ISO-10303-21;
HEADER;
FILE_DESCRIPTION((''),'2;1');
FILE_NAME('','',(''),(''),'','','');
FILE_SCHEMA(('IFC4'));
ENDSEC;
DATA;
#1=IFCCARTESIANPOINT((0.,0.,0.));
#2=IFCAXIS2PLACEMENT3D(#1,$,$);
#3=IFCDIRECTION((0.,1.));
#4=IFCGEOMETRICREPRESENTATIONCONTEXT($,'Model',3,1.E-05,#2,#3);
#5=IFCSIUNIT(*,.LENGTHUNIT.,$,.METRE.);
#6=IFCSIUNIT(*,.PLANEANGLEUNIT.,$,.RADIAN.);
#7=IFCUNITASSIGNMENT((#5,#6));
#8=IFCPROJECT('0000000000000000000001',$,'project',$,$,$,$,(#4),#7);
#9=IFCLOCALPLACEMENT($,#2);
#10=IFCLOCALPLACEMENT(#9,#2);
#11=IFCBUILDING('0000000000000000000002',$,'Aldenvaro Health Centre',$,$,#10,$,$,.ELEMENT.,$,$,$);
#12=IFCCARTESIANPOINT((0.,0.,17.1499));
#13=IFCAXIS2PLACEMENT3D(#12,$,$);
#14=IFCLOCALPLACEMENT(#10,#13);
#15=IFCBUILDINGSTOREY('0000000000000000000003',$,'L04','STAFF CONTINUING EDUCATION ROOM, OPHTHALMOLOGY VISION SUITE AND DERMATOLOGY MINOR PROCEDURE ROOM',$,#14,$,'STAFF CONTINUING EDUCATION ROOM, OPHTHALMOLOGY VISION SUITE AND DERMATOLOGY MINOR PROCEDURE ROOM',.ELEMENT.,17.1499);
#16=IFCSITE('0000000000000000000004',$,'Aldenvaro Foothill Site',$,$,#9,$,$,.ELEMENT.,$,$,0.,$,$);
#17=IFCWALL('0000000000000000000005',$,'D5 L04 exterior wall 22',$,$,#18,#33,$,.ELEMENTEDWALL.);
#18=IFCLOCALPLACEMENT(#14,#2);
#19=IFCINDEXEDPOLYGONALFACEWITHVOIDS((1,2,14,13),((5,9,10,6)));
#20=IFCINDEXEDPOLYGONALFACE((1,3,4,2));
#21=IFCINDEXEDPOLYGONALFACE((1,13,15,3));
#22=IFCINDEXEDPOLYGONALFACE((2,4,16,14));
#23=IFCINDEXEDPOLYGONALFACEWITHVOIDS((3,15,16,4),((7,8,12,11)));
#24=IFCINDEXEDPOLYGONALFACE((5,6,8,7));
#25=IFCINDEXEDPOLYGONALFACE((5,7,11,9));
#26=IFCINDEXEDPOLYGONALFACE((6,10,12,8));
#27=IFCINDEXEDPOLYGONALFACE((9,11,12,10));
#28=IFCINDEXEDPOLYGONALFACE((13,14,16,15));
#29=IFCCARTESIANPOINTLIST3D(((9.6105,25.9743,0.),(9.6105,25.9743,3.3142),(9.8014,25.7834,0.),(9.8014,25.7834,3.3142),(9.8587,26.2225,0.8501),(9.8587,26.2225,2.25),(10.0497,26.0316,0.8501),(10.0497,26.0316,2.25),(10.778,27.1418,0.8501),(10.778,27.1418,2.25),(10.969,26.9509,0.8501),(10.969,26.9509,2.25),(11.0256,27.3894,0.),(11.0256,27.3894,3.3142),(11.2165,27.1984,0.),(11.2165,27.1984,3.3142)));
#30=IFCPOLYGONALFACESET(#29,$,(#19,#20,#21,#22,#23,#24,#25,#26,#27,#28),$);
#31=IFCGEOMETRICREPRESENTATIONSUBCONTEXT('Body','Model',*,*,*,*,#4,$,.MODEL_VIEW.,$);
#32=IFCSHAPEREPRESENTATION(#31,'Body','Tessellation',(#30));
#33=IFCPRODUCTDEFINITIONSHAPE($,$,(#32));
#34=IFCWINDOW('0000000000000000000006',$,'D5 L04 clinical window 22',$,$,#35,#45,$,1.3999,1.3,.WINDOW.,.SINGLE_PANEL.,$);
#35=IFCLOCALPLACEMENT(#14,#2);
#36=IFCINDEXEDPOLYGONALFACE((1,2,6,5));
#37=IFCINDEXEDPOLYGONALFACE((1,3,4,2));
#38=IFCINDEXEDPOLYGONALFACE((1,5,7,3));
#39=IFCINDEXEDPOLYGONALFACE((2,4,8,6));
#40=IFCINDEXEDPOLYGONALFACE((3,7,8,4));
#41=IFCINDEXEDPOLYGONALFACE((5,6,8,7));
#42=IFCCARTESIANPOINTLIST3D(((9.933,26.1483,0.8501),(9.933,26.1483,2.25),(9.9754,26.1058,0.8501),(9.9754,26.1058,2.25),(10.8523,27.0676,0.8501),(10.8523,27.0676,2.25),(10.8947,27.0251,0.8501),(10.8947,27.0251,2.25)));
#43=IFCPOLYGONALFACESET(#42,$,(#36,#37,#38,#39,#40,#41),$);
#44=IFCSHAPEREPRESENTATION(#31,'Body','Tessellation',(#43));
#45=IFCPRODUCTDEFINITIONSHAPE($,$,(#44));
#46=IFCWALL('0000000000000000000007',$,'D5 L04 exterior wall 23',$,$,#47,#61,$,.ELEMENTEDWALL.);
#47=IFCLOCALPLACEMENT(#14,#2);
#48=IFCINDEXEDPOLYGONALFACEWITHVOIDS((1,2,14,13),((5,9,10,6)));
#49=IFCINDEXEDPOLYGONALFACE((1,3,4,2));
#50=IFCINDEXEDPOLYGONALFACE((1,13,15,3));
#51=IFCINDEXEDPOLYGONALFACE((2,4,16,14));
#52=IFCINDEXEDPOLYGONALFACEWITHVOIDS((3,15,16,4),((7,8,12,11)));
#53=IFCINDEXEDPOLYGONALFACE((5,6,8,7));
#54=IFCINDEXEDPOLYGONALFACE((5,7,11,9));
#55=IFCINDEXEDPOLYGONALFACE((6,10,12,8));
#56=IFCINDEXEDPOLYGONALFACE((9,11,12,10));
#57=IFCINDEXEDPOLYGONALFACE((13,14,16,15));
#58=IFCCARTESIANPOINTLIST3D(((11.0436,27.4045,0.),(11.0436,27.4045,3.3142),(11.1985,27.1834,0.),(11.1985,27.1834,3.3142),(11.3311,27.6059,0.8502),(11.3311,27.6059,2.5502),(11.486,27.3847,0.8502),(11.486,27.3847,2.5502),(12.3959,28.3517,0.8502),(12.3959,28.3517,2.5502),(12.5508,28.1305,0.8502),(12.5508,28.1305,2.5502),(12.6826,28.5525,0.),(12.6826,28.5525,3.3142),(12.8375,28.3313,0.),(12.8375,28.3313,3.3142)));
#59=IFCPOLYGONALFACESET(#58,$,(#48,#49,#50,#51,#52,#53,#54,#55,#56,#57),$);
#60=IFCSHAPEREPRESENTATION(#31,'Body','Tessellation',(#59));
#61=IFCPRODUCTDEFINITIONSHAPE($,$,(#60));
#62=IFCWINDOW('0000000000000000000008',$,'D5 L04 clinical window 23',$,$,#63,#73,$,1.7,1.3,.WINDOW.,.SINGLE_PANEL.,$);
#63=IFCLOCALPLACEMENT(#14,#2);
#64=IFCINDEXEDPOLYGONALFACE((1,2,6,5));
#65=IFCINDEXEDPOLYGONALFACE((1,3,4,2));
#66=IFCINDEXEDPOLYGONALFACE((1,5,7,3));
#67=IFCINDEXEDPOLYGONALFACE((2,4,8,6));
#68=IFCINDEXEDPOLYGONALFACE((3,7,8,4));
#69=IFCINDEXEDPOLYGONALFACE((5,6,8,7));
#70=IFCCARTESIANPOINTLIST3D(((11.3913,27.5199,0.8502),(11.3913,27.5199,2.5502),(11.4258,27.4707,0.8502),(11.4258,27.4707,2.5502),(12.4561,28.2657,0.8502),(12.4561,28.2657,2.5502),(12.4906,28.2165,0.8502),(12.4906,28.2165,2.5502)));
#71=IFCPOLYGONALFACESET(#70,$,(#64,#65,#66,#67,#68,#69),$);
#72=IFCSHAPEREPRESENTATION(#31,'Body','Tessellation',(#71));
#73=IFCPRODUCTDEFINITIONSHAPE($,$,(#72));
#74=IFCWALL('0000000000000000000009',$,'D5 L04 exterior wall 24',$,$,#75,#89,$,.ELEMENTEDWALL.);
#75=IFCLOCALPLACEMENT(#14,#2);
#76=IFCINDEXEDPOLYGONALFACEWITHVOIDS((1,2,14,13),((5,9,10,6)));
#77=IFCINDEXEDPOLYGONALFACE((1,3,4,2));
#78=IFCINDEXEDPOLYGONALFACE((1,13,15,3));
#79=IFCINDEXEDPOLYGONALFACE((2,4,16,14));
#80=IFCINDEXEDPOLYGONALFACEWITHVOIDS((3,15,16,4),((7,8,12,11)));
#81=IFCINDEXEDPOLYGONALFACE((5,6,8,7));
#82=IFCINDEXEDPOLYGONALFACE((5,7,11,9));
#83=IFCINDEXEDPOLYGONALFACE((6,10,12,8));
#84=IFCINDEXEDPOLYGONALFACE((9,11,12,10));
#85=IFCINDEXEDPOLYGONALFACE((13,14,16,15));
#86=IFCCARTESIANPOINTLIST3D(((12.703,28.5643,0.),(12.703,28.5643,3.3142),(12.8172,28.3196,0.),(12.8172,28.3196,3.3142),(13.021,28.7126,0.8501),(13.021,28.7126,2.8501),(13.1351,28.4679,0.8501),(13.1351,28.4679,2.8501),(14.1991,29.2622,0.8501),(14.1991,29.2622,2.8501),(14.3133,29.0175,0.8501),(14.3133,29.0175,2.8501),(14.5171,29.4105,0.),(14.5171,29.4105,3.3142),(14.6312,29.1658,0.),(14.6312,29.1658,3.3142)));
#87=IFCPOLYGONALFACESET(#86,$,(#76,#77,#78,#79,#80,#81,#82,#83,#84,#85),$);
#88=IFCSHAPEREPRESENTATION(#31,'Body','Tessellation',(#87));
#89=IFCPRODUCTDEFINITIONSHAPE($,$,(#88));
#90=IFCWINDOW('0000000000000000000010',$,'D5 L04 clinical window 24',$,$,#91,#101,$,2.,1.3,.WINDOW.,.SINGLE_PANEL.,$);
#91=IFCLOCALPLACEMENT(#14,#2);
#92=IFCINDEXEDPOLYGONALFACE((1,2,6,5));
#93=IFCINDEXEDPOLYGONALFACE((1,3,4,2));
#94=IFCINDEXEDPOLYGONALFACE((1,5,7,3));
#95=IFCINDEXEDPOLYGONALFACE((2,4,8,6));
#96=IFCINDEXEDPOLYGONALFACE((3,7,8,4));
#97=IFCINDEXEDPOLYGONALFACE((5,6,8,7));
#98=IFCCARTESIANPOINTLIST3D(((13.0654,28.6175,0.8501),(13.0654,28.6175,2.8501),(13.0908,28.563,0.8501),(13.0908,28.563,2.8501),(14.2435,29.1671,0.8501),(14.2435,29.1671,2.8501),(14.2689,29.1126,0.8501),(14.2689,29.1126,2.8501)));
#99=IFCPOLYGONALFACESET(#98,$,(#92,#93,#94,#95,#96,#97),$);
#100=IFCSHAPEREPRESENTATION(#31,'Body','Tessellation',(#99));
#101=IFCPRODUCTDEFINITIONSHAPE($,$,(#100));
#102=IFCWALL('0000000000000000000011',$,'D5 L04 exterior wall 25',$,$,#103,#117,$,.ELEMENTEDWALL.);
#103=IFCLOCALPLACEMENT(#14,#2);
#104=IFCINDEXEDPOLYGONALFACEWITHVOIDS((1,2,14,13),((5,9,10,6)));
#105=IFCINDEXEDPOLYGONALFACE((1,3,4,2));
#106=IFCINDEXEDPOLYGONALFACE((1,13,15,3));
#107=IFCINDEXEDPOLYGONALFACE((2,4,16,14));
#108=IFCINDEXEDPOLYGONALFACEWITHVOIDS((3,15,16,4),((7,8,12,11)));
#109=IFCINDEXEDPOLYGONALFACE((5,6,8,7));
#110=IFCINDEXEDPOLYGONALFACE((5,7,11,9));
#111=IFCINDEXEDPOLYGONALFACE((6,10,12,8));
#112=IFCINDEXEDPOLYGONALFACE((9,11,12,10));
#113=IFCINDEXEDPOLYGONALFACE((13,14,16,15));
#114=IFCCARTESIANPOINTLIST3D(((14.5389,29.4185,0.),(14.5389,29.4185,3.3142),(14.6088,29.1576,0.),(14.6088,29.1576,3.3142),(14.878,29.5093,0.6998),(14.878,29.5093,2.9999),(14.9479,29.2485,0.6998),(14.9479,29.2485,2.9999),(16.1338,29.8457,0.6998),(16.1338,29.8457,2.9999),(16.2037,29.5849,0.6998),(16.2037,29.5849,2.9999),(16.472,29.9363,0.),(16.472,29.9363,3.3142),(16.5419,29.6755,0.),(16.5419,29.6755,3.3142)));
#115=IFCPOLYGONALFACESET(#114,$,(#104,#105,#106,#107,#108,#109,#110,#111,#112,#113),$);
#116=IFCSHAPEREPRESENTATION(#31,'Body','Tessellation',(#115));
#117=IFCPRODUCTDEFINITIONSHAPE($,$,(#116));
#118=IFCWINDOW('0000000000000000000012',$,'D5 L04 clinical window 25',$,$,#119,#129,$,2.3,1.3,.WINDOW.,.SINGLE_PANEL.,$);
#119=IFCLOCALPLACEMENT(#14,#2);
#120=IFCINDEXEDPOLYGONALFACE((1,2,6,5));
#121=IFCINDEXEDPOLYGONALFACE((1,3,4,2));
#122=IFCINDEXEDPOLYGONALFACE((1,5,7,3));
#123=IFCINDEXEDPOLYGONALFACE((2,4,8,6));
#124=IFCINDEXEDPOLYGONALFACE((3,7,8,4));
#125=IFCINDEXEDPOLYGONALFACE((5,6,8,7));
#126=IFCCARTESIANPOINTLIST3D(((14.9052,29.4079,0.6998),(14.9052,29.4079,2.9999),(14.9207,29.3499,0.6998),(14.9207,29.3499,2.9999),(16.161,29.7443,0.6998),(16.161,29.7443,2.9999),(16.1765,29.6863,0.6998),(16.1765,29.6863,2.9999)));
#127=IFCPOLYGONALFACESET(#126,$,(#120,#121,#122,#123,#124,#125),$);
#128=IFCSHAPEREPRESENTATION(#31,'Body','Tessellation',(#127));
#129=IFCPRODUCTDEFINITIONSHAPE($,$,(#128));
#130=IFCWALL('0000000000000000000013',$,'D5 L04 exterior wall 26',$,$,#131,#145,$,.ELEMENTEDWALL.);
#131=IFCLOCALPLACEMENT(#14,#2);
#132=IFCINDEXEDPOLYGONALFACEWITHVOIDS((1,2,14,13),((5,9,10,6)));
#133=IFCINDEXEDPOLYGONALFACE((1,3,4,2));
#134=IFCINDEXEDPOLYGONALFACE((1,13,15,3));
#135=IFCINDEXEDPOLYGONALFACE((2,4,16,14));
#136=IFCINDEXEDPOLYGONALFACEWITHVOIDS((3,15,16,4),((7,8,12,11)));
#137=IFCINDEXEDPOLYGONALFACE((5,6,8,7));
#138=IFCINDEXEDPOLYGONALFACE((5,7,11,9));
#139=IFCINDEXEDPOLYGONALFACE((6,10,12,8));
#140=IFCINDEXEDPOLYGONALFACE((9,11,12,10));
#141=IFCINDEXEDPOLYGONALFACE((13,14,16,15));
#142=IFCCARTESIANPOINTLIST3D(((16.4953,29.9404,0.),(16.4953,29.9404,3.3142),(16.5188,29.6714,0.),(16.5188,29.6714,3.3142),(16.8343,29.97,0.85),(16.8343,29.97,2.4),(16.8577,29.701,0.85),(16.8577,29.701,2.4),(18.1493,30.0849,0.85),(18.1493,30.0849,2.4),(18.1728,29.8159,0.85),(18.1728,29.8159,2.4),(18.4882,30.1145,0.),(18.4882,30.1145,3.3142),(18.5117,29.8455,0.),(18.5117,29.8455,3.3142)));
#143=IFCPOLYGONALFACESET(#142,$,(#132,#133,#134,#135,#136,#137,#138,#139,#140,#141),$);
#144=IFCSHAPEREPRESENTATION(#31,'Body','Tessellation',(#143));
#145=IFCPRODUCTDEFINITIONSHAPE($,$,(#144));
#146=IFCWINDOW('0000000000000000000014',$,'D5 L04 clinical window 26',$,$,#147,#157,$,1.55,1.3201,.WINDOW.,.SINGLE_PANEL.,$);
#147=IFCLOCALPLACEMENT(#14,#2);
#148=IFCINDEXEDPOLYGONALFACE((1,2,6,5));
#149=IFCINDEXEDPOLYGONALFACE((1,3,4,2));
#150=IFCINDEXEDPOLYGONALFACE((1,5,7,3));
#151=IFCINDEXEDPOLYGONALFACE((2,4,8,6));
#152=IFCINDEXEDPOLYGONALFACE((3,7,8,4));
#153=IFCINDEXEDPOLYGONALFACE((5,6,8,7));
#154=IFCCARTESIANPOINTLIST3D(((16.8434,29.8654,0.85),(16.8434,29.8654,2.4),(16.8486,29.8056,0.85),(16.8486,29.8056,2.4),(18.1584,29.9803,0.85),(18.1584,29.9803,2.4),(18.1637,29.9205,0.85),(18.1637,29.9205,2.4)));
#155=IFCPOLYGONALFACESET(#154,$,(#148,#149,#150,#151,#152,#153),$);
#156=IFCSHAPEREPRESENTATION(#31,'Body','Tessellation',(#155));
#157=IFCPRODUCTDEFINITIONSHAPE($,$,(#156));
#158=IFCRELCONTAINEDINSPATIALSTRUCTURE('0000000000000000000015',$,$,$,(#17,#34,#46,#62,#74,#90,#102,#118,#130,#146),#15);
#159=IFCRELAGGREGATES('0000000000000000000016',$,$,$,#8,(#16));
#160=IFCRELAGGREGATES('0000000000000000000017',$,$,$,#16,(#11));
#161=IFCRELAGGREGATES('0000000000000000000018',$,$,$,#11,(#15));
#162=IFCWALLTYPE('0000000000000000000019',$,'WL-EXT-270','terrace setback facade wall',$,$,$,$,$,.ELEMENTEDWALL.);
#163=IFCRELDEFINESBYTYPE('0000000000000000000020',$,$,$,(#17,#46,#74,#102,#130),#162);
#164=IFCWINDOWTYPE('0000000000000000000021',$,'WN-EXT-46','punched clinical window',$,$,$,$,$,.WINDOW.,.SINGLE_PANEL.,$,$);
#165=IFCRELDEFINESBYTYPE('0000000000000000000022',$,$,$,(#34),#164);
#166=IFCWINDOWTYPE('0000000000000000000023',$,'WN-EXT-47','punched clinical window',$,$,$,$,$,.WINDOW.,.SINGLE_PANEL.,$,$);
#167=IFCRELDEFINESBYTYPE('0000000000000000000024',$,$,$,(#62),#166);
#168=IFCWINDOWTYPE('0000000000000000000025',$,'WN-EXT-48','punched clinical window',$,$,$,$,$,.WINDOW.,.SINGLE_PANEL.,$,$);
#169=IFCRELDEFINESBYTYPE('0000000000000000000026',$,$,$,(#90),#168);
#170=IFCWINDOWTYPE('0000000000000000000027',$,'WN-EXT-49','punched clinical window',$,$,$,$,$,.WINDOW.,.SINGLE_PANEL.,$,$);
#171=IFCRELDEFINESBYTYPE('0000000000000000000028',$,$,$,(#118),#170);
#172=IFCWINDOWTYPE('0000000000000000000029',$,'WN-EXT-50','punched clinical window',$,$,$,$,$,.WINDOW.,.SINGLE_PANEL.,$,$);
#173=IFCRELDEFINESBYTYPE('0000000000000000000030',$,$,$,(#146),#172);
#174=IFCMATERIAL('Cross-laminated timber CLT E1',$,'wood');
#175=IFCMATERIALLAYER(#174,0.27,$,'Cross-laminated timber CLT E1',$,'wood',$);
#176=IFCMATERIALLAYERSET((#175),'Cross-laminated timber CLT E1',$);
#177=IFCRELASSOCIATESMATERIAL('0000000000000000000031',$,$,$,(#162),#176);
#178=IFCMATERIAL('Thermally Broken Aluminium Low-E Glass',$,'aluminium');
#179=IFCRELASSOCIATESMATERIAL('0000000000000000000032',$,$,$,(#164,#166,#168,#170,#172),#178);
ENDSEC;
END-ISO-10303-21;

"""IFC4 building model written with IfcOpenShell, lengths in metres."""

from ifc_helpers import new_model, si_unit, direction, frame, frame_2d, origin, place, context, subcontext, project, spatial, rectangle, extrude, material, layer, layer_set, type_object, element, fill, save


model = new_model("IFC4")

# Units and contexts
model_context = context("Model", 3, precision=1e-05, world=origin(), true_north=direction((0.0, 1.0)))
body_context = subcontext(model_context, "Body", "Model", "MODEL_VIEW")
ifc_project = project(units=[si_unit("LENGTHUNIT", "METRE"), si_unit("PLANEANGLEUNIT", "RADIAN")], contexts=[model_context])

# Site, building, storey
site_placement = place(None, origin())
site = spatial("IfcSite", under=ifc_project, at=site_placement, Name="Aldenvaro Foothill Site", CompositionType="ELEMENT", RefElevation=0.0)
building_placement = place(site_placement, origin())
building = spatial("IfcBuilding", under=site, at=building_placement, Name="Aldenvaro Health Centre", CompositionType="ELEMENT")
storey_placement = place(building_placement, frame((0.0, 0.0, 17.1499)))
storey = spatial("IfcBuildingStorey", under=building, at=storey_placement, Name="L04", Description="STAFF CONTINUING EDUCATION ROOM, OPHTHALMOLOGY VISION SUITE AND DERMATOLOGY MINOR PROCEDURE ROOM", LongName="STAFF CONTINUING EDUCATION ROOM, OPHTHALMOLOGY VISION SUITE AND DERMATOLOGY MINOR PROCEDURE ROOM", CompositionType="ELEMENT", Elevation=17.1499)

# Walls, openings, windows
ifc_material_1 = material(Name="Cross-laminated timber CLT E1", Category="wood")
ifc_layer_1 = layer(ifc_material_1, 0.27, Name="Cross-laminated timber CLT E1", Category="wood")
ifc_layer_set_1 = layer_set([ifc_layer_1], Name="Cross-laminated timber CLT E1")
wall_type_1 = type_object("IfcWallType", Name="WL-EXT-270", Description="terrace setback facade wall", PredefinedType="ELEMENTEDWALL", material=ifc_layer_set_1)
wall_1_placement = place(storey_placement, frame((9.7061, 25.8789, 0.0), z_axis=(0.0, 0.0, 1.0), x_axis=(0.707107, 0.707107, 0.0)))
wall_1 = element("IfcWall", 1, at=wall_1_placement, inside=storey, type_object=wall_type_1, Name="D5 L04 exterior wall 22", PredefinedType="ELEMENTEDWALL", context=body_context, shape_type="SweptSolid", body=[
    extrude(rectangle(XDim=2.0012, YDim=0.27, at=frame_2d((1.0005, 0.0))), origin(), (0.0, 0.0, 1.0), 3.3142),
])
opening_1_placement = place(wall_1_placement, frame((0.3511, 0.0, 0.8501)))
opening_1 = element("IfcOpeningElement", 2, at=opening_1_placement, cuts=wall_1, PredefinedType="OPENING", context=body_context, shape_type="SweptSolid", body=[
    extrude(rectangle(XDim=1.3, YDim=1.3999, at=frame_2d((0.6499, 0.7))), frame((0.0, 0.145, 0.0), z_axis=(0.0, -1.0, 0.0), x_axis=(1.0, 0.0, 0.0)), (0.0, 0.0, 1.0), 0.29),
])
ifc_material_2 = material(Name="Thermally Broken Aluminium Low-E Glass", Category="aluminium")
window_type_1 = type_object("IfcWindowType", Name="WN-EXT-46", Description="punched clinical window", PartitioningType="SINGLE_PANEL", PredefinedType="WINDOW", material=ifc_material_2)
window_1_placement = place(opening_1_placement, origin())
window_1 = element("IfcWindow", 3, at=window_1_placement, inside=storey, type_object=window_type_1, Name="D5 L04 clinical window 22", OverallHeight=1.3999, OverallWidth=1.3, PartitioningType="SINGLE_PANEL", PredefinedType="WINDOW", context=body_context, shape_type="SweptSolid", body=[
    extrude(rectangle(XDim=1.3, YDim=1.3999, at=frame_2d((0.6499, 0.7))), frame((0.0, 0.03, 0.0), z_axis=(0.0, -1.0, 0.0), x_axis=(1.0, 0.0, 0.0)), (0.0, 0.0, 1.0), 0.0601),
])
fill(opening_1, window_1)
wall_2_placement = place(storey_placement, frame((11.1211, 27.2939, 0.0), z_axis=(0.0, 0.0, 1.0), x_axis=(0.819066, 0.5737, 0.0)))
wall_2 = element("IfcWall", 4, at=wall_2_placement, inside=storey, type_object=wall_type_1, Name="D5 L04 exterior wall 23", PredefinedType="ELEMENTEDWALL", context=body_context, shape_type="SweptSolid", body=[
    extrude(rectangle(XDim=2.001, YDim=0.27, at=frame_2d((1.0005, 0.0))), origin(), (0.0, 0.0, 1.0), 3.3142),
])
opening_2_placement = place(wall_2_placement, frame((0.3511, 0.0, 0.8501)))
opening_2 = element("IfcOpeningElement", 5, at=opening_2_placement, cuts=wall_2, PredefinedType="OPENING", context=body_context, shape_type="SweptSolid", body=[
    extrude(rectangle(XDim=1.3, YDim=1.7, at=frame_2d((0.6499, 0.8501))), frame((0.0, 0.145, 0.0), z_axis=(0.0, -1.0, 0.0), x_axis=(1.0, 0.0, 0.0)), (0.0, 0.0, 1.0), 0.29),
])
window_type_2 = type_object("IfcWindowType", Name="WN-EXT-47", Description="punched clinical window", PartitioningType="SINGLE_PANEL", PredefinedType="WINDOW", material=ifc_material_2)
window_2_placement = place(opening_2_placement, origin())
window_2 = element("IfcWindow", 6, at=window_2_placement, inside=storey, type_object=window_type_2, Name="D5 L04 clinical window 23", OverallHeight=1.7, OverallWidth=1.3, PartitioningType="SINGLE_PANEL", PredefinedType="WINDOW", context=body_context, shape_type="SweptSolid", body=[
    extrude(rectangle(XDim=1.3, YDim=1.7, at=frame_2d((0.6499, 0.8501))), frame((0.0, 0.03, 0.0), z_axis=(0.0, -1.0, 0.0), x_axis=(1.0, 0.0, 0.0)), (0.0, 0.0, 1.0), 0.0601),
])
fill(opening_2, window_2)
wall_3_placement = place(storey_placement, frame((12.76, 28.4419, 0.0), z_axis=(0.0, 0.0, 1.0), x_axis=(0.906245, 0.422752, 0.0)))
wall_3 = element("IfcWall", 7, at=wall_3_placement, inside=storey, type_object=wall_type_1, Name="D5 L04 exterior wall 24", PredefinedType="ELEMENTEDWALL", context=body_context, shape_type="SweptSolid", body=[
    extrude(rectangle(XDim=2.0017, YDim=0.27, at=frame_2d((1.001, 0.0))), origin(), (0.0, 0.0, 1.0), 3.3142),
])
opening_3_placement = place(wall_3_placement, frame((0.3511, 0.0, 0.8501)))
opening_3 = element("IfcOpeningElement", 8, at=opening_3_placement, cuts=wall_3, PredefinedType="OPENING", context=body_context, shape_type="SweptSolid", body=[
    extrude(rectangle(XDim=1.3, YDim=2.0, at=frame_2d((0.6499, 1.0))), frame((0.0, 0.145, 0.0), z_axis=(0.0, -1.0, 0.0), x_axis=(1.0, 0.0, 0.0)), (0.0, 0.0, 1.0), 0.29),
])
window_type_3 = type_object("IfcWindowType", Name="WN-EXT-48", Description="punched clinical window", PartitioningType="SINGLE_PANEL", PredefinedType="WINDOW", material=ifc_material_2)
window_3_placement = place(opening_3_placement, origin())
window_3 = element("IfcWindow", 9, at=window_3_placement, inside=storey, type_object=window_type_3, Name="D5 L04 clinical window 24", OverallHeight=2.0, OverallWidth=1.3, PartitioningType="SINGLE_PANEL", PredefinedType="WINDOW", context=body_context, shape_type="SweptSolid", body=[
    extrude(rectangle(XDim=1.3, YDim=2.0, at=frame_2d((0.6499, 1.0))), frame((0.0, 0.03, 0.0), z_axis=(0.0, -1.0, 0.0), x_axis=(1.0, 0.0, 0.0)), (0.0, 0.0, 1.0), 0.0601),
])
fill(opening_3, window_3)
wall_4_placement = place(storey_placement, frame((14.574, 29.2881, 0.0), z_axis=(0.0, 0.0, 1.0), x_axis=(0.965945, 0.258748, 0.0)))
wall_4 = element("IfcWall", 10, at=wall_4_placement, inside=storey, type_object=wall_type_1, Name="D5 L04 exterior wall 25", PredefinedType="ELEMENTEDWALL", context=body_context, shape_type="SweptSolid", body=[
    extrude(rectangle(XDim=2.0012, YDim=0.27, at=frame_2d((1.0005, 0.0))), origin(), (0.0, 0.0, 1.0), 3.3142),
])
opening_4_placement = place(wall_4_placement, frame((0.3511, 0.0, 0.7)))
opening_4 = element("IfcOpeningElement", 11, at=opening_4_placement, cuts=wall_4, PredefinedType="OPENING", context=body_context, shape_type="SweptSolid", body=[
    extrude(rectangle(XDim=1.3, YDim=2.3, at=frame_2d((0.6499, 1.1499))), frame((0.0, 0.145, 0.0), z_axis=(0.0, -1.0, 0.0), x_axis=(1.0, 0.0, 0.0)), (0.0, 0.0, 1.0), 0.29),
])
window_type_4 = type_object("IfcWindowType", Name="WN-EXT-49", Description="punched clinical window", PartitioningType="SINGLE_PANEL", PredefinedType="WINDOW", material=ifc_material_2)
window_4_placement = place(opening_4_placement, origin())
window_4 = element("IfcWindow", 12, at=window_4_placement, inside=storey, type_object=window_type_4, Name="D5 L04 clinical window 25", OverallHeight=2.3, OverallWidth=1.3, PartitioningType="SINGLE_PANEL", PredefinedType="WINDOW", context=body_context, shape_type="SweptSolid", body=[
    extrude(rectangle(XDim=1.3, YDim=2.3, at=frame_2d((0.6499, 1.1499))), frame((0.0, 0.03, 0.0), z_axis=(0.0, -1.0, 0.0), x_axis=(1.0, 0.0, 0.0)), (0.0, 0.0, 1.0), 0.0601),
])
fill(opening_4, window_4)
wall_5_placement = place(storey_placement, frame((16.5071, 29.8059, 0.0), z_axis=(0.0, 0.0, 1.0), x_axis=(0.996207, 0.087014, 0.0)))
wall_5 = element("IfcWall", 13, at=wall_5_placement, inside=storey, type_object=wall_type_1, Name="D5 L04 exterior wall 26", PredefinedType="ELEMENTEDWALL", context=body_context, shape_type="SweptSolid", body=[
    extrude(rectangle(XDim=2.0005, YDim=0.27, at=frame_2d((1.0002, 0.0))), origin(), (0.0, 0.0, 1.0), 3.3142),
])
opening_5_placement = place(wall_5_placement, frame((0.3401, 0.0, 0.8501)))
opening_5 = element("IfcOpeningElement", 14, at=opening_5_placement, cuts=wall_5, PredefinedType="OPENING", context=body_context, shape_type="SweptSolid", body=[
    extrude(rectangle(XDim=1.3201, YDim=1.55, at=frame_2d((0.6602, 0.7749))), frame((0.0, 0.145, 0.0), z_axis=(0.0, -1.0, 0.0), x_axis=(1.0, 0.0, 0.0)), (0.0, 0.0, 1.0), 0.29),
])
window_type_5 = type_object("IfcWindowType", Name="WN-EXT-50", Description="punched clinical window", PartitioningType="SINGLE_PANEL", PredefinedType="WINDOW", material=ifc_material_2)
window_5_placement = place(opening_5_placement, origin())
window_5 = element("IfcWindow", 15, at=window_5_placement, inside=storey, type_object=window_type_5, Name="D5 L04 clinical window 26", OverallHeight=1.55, OverallWidth=1.3201, PartitioningType="SINGLE_PANEL", PredefinedType="WINDOW", context=body_context, shape_type="SweptSolid", body=[
    extrude(rectangle(XDim=1.3201, YDim=1.55, at=frame_2d((0.6602, 0.7749))), frame((0.0, 0.03, 0.0), z_axis=(0.0, -1.0, 0.0), x_axis=(1.0, 0.0, 0.0)), (0.0, 0.0, 1.0), 0.0601),
])
fill(opening_5, window_5)

save(model, "model.ifc")
